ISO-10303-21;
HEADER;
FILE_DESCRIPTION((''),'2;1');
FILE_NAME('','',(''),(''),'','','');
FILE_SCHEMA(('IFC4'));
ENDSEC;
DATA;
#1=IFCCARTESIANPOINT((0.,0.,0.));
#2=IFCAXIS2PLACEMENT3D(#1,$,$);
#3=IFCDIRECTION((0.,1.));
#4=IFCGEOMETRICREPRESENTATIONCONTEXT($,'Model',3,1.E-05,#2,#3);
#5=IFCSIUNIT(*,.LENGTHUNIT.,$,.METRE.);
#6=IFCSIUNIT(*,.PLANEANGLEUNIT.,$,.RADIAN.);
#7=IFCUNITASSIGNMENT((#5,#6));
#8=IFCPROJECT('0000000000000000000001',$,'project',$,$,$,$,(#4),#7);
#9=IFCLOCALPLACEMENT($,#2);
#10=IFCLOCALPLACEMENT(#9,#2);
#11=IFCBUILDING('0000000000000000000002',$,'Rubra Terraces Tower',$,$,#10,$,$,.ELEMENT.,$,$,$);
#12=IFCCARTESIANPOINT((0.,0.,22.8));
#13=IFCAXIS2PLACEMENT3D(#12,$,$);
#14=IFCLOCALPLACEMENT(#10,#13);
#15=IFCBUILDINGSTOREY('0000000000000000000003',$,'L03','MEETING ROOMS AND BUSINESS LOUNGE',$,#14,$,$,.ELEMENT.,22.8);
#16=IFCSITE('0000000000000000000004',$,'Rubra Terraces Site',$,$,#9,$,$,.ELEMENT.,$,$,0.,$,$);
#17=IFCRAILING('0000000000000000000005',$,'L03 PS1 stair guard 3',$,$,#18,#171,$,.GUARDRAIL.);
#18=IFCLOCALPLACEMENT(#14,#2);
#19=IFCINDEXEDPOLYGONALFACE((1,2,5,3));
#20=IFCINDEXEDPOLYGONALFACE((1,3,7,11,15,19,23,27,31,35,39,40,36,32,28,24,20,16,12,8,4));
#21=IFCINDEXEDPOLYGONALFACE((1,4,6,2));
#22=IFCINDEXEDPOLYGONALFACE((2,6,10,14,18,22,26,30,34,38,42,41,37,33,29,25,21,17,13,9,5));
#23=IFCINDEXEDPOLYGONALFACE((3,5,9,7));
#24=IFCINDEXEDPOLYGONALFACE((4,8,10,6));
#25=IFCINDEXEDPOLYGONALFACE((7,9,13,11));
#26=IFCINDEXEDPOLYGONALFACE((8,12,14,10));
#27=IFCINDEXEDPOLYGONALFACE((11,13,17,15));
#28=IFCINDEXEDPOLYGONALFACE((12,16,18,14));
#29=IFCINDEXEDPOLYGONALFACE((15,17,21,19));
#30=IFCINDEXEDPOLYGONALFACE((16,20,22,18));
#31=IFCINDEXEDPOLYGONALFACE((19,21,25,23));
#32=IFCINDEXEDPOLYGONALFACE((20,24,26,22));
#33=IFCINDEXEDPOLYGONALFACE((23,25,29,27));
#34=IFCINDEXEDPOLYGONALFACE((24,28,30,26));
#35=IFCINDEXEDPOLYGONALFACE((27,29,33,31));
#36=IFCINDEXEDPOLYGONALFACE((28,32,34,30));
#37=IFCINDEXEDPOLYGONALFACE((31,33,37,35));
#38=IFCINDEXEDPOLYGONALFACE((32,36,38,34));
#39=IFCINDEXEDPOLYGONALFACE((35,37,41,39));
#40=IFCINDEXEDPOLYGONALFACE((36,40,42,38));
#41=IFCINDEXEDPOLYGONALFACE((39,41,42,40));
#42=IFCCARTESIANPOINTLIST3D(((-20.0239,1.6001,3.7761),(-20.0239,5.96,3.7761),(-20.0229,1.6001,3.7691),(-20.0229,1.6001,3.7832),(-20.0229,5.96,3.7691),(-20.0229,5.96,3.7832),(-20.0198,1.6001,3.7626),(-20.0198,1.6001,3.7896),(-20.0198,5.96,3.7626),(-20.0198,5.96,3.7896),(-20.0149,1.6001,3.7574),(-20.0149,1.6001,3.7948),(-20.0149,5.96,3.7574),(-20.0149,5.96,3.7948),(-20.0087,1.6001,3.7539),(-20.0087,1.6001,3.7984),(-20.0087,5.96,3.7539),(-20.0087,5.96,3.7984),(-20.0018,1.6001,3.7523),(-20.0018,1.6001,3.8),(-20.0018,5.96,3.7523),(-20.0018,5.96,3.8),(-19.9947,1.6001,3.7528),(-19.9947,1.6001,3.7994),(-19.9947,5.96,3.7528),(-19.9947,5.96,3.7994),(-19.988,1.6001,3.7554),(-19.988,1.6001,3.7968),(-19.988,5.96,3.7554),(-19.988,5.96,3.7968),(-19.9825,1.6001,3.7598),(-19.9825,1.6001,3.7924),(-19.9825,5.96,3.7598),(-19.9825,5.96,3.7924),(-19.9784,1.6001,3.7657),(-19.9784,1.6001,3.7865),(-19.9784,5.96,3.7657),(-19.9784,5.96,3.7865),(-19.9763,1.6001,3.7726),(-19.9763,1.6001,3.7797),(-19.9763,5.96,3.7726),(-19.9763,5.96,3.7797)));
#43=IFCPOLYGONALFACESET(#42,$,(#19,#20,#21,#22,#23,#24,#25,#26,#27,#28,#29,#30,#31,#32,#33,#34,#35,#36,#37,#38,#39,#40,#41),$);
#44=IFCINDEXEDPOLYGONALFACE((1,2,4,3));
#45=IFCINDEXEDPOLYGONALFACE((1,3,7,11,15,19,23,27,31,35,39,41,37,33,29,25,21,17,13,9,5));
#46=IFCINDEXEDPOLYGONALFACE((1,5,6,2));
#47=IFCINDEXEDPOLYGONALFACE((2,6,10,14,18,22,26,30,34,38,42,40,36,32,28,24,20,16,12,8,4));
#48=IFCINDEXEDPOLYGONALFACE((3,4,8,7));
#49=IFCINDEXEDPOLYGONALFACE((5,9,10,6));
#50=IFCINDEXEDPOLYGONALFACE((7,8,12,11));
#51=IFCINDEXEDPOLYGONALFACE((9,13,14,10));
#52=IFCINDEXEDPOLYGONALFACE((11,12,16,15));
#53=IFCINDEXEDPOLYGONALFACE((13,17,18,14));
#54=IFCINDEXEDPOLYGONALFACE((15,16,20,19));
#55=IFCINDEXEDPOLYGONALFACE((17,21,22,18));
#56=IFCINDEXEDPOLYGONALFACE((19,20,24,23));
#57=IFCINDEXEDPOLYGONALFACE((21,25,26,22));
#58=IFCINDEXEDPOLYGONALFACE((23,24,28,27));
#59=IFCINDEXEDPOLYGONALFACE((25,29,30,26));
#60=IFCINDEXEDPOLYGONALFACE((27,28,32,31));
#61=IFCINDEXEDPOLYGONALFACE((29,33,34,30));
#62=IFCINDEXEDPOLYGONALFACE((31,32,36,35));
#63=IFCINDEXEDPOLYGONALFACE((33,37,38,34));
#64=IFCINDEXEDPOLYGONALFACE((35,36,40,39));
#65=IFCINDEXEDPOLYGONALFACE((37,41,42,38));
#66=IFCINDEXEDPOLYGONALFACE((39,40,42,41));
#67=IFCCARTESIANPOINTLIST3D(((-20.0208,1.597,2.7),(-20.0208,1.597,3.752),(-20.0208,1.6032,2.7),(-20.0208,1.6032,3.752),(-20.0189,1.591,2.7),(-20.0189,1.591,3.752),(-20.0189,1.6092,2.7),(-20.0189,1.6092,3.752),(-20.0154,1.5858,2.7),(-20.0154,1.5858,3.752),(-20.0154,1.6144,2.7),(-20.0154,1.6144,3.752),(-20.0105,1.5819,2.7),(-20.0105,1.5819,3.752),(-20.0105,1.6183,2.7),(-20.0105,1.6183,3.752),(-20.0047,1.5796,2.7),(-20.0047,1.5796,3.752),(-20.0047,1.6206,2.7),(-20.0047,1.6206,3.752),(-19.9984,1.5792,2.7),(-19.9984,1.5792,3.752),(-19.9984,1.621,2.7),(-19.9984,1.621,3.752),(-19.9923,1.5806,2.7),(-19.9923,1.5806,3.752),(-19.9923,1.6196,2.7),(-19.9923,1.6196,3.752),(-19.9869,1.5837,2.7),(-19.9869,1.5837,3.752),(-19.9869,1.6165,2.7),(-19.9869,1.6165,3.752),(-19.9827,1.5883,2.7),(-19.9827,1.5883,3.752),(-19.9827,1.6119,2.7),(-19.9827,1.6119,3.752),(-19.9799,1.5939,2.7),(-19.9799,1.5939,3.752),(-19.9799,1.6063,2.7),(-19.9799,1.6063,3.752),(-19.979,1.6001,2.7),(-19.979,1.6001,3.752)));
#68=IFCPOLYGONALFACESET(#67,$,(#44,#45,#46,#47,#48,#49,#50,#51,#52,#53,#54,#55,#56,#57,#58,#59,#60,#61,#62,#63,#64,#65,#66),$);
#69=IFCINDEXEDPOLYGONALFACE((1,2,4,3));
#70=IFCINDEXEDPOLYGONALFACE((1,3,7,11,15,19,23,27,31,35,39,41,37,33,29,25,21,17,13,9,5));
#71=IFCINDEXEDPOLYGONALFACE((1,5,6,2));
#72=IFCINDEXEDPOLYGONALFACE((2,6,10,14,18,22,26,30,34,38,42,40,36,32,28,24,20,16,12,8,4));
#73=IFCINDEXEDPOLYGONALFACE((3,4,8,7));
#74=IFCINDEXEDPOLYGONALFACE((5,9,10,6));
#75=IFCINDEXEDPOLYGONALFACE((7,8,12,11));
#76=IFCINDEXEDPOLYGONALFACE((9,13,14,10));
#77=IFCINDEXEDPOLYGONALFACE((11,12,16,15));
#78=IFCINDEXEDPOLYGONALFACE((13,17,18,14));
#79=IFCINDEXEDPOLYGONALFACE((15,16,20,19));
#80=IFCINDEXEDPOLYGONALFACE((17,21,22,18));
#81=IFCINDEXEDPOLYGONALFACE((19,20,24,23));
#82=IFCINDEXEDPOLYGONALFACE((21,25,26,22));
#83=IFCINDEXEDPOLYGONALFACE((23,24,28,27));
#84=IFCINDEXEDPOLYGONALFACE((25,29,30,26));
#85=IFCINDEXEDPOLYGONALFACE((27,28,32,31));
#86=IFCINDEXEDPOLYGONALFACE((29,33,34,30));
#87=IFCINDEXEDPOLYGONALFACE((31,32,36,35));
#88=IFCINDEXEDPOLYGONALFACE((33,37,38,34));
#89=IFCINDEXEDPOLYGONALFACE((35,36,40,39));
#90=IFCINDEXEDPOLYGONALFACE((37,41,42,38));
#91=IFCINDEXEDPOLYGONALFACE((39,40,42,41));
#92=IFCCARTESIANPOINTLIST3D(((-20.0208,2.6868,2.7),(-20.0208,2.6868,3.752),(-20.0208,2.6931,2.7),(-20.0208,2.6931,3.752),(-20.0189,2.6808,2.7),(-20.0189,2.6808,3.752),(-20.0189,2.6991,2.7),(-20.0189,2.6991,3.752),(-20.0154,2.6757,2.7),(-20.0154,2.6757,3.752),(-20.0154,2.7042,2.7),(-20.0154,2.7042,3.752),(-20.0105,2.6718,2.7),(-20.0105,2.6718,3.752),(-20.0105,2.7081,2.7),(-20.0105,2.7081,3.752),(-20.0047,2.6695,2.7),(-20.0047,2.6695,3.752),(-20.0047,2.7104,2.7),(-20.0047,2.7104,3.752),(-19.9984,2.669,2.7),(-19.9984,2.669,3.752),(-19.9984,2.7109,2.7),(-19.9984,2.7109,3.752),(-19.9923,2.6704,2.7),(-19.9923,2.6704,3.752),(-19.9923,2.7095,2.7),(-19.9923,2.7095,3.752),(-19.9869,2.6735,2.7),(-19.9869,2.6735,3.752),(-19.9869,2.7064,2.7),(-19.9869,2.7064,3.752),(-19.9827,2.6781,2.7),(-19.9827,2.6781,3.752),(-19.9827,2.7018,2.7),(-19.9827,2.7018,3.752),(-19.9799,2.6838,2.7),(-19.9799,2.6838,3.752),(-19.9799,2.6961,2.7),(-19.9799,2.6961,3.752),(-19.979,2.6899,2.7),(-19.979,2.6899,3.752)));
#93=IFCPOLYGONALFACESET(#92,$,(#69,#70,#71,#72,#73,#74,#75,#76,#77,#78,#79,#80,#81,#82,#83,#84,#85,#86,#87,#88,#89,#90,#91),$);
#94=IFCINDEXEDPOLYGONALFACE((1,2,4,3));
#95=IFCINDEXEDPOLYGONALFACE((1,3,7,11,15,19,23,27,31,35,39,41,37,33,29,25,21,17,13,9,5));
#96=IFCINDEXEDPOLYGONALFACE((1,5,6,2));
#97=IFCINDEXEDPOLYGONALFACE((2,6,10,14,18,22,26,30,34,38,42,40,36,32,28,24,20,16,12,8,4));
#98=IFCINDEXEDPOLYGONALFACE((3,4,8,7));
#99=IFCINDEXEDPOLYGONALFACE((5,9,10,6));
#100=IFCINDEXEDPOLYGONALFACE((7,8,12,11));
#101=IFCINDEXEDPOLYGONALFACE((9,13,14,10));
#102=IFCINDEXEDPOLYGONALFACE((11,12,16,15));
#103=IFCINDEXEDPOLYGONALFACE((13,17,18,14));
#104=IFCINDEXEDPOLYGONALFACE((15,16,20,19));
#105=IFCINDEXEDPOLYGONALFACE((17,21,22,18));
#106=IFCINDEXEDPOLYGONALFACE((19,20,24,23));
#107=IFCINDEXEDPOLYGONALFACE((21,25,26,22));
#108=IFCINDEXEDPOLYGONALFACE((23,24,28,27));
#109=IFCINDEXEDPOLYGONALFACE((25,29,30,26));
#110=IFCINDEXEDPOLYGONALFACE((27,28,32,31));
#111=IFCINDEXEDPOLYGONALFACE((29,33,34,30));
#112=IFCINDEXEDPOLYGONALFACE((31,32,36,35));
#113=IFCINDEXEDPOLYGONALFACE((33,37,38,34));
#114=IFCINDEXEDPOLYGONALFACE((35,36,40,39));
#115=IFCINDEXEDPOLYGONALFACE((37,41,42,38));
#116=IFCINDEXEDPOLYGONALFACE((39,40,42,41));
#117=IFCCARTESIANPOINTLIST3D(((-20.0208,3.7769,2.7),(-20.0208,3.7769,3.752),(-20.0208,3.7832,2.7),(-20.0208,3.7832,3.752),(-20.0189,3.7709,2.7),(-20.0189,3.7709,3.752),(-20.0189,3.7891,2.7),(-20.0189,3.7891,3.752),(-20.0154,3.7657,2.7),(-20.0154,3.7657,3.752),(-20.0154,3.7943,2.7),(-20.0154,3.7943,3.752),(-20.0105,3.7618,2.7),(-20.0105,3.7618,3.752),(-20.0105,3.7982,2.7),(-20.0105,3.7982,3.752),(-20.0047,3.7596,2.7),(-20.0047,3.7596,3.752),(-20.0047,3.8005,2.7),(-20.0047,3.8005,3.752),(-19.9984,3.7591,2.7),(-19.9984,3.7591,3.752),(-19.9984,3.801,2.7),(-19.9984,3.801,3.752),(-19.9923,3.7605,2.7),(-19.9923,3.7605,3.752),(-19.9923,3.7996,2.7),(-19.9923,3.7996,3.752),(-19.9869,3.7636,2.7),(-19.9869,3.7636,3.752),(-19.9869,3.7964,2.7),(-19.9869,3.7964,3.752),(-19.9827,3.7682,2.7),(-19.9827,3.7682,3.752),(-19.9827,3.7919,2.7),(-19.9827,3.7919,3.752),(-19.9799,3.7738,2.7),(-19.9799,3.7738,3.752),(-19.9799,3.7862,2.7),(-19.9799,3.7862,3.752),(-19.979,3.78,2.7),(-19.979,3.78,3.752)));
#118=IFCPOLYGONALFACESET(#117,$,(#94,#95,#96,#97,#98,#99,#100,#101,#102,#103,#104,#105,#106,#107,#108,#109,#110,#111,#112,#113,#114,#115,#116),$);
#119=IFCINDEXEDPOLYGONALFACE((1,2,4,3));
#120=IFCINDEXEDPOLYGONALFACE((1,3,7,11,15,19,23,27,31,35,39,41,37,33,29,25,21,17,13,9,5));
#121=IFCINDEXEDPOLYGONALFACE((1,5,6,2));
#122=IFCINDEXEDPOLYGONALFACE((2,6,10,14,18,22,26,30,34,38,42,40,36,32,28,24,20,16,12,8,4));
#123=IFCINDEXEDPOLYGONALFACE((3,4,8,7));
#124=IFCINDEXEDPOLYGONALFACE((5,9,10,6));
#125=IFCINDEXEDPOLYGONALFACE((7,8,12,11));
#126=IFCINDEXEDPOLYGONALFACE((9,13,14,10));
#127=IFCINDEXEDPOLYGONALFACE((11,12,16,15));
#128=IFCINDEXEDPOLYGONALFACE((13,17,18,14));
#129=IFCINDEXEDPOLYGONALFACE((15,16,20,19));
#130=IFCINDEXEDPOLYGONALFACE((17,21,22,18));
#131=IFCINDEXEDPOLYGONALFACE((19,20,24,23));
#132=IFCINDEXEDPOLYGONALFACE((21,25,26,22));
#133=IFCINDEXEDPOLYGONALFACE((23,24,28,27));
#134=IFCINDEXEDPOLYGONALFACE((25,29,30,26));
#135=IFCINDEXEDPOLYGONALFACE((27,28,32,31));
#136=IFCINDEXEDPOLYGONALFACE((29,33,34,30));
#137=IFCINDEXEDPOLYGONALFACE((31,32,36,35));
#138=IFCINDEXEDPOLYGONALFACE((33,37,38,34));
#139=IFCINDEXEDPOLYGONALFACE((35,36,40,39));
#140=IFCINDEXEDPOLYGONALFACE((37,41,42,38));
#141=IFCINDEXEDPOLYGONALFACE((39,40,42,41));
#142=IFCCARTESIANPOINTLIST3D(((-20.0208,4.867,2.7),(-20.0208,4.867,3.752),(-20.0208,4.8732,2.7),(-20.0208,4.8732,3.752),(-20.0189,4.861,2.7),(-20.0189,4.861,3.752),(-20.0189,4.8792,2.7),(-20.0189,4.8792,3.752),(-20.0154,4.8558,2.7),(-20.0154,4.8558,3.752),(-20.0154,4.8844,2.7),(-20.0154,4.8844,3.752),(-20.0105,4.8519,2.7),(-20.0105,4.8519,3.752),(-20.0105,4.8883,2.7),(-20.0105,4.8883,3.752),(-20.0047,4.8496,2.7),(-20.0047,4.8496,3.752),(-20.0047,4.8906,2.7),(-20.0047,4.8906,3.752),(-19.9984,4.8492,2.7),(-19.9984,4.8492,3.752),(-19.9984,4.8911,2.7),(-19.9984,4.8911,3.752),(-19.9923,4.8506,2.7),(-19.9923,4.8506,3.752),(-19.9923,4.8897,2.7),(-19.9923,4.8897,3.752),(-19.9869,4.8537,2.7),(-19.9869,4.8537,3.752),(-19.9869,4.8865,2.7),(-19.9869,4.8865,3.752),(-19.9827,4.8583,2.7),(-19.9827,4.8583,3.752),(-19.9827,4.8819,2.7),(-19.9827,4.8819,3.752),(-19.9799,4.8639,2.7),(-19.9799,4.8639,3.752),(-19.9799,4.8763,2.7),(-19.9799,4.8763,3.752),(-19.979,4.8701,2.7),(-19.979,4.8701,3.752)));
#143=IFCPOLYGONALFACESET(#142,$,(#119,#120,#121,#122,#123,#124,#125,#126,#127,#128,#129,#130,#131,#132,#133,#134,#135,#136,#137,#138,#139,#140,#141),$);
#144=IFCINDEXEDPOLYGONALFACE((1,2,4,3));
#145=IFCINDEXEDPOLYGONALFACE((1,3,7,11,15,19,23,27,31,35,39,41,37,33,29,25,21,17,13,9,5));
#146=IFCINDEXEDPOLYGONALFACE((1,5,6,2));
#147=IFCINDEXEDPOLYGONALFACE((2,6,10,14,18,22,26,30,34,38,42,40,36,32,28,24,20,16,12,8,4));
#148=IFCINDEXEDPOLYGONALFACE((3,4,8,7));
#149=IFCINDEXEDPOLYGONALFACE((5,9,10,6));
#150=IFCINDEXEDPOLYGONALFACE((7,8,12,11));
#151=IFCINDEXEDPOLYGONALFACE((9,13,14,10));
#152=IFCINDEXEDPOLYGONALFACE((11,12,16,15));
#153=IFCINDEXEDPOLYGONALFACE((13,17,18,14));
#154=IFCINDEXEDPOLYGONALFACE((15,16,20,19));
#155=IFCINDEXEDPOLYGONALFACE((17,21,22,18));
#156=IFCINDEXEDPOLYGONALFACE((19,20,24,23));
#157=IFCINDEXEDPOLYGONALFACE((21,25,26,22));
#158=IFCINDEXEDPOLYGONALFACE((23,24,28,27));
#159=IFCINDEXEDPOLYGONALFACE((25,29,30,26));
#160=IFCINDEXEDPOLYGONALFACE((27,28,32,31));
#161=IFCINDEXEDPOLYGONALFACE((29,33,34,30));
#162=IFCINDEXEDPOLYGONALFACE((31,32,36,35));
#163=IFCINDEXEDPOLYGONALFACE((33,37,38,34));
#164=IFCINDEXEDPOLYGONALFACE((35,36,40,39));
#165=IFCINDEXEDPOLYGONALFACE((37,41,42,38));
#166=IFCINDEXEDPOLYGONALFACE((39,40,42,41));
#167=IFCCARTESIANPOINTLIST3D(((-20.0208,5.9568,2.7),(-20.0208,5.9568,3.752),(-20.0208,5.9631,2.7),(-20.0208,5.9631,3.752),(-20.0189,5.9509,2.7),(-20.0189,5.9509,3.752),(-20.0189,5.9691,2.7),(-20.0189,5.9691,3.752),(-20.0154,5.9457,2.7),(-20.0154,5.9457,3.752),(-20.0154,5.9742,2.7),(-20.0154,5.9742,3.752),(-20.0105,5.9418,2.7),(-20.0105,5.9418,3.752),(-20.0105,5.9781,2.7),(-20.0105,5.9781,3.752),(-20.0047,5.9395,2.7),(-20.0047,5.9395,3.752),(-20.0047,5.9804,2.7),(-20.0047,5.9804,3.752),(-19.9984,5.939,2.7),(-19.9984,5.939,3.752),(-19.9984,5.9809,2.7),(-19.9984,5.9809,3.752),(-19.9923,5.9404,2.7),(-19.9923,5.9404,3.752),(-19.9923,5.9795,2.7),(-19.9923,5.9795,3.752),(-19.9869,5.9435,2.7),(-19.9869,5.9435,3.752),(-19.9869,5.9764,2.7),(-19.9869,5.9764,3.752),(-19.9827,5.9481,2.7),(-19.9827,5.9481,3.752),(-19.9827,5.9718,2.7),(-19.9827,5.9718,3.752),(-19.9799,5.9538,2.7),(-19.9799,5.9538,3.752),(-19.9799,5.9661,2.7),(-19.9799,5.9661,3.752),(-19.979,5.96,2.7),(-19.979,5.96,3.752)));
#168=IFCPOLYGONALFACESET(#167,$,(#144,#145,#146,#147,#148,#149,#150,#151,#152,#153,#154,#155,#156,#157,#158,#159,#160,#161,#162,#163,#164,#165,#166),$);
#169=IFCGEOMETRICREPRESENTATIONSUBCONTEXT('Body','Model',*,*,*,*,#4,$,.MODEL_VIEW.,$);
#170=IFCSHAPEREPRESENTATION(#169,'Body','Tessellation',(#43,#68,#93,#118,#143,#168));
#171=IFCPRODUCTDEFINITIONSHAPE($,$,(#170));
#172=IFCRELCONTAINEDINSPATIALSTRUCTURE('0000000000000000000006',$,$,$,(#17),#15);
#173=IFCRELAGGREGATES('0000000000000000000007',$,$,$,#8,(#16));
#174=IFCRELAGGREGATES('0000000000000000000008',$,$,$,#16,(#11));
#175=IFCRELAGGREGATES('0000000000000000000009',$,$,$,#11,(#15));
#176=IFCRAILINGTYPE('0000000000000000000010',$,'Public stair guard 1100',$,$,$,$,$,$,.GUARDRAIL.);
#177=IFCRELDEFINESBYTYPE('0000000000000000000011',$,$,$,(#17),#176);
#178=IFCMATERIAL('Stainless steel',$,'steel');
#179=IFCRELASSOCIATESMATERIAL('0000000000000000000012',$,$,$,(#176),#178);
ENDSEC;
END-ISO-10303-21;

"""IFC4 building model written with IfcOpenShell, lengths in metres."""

from ifc_helpers import new_model, si_unit, direction, frame, origin, origin_2d, place, context, subcontext, project, spatial, circle, extrude, material, type_object, element, save


model = new_model("IFC4")

# Units and contexts
model_context = context("Model", 3, precision=1e-05, world=origin(), true_north=direction((0.0, 1.0)))
body_context = subcontext(model_context, "Body", "Model", "MODEL_VIEW")
ifc_project = project(units=[si_unit("LENGTHUNIT", "METRE"), si_unit("PLANEANGLEUNIT", "RADIAN")], contexts=[model_context])

# Site, building, storey
site_placement = place(None, origin())
site = spatial("IfcSite", under=ifc_project, at=site_placement, Name="Rubra Terraces Site", CompositionType="ELEMENT", RefElevation=0.0)
building_placement = place(site_placement, origin())
building = spatial("IfcBuilding", under=site, at=building_placement, Name="Rubra Terraces Tower", CompositionType="ELEMENT")
storey_placement = place(building_placement, frame((0.0, 0.0, 22.8)))
storey = spatial("IfcBuildingStorey", under=building, at=storey_placement, Name="L03", Description="MEETING ROOMS AND BUSINESS LOUNGE", CompositionType="ELEMENT", Elevation=22.8)

# Railing
ifc_material_1 = material(Name="Stainless steel", Category="steel")
railing_type_1 = type_object("IfcRailingType", Name="Public stair guard 1100", PredefinedType="GUARDRAIL", material=ifc_material_1)
for number, where, name in (
    (1, (-20.0, 1.6001, 2.7), "L03 PS1 stair guard 3"),
):
    element("IfcRailing", number, at=place(storey_placement, frame(where)), inside=storey, type_object=railing_type_1, Name=name, PredefinedType="GUARDRAIL", context=body_context, shape_type="SweptSolid", body=[
        extrude(circle(Radius=0.0239, at=origin_2d()), frame((0.0, 0.0, 1.0762), z_axis=(0.0, 1.0, 0.0), x_axis=(-1.0, 0.0, 0.0)), (0.0, 0.0, 1.0), 4.3599),
        extrude(circle(Radius=0.021, at=origin_2d()), origin(), (0.0, 0.0, 1.0), 1.052),
        extrude(circle(Radius=0.021, at=origin_2d()), frame((0.0, 1.0898, 0.0)), (0.0, 0.0, 1.0), 1.052),
        extrude(circle(Radius=0.021, at=origin_2d()), frame((0.0, 2.1799, 0.0)), (0.0, 0.0, 1.0), 1.052),
        extrude(circle(Radius=0.021, at=origin_2d()), frame((0.0, 3.27, 0.0)), (0.0, 0.0, 1.0), 1.052),
        extrude(circle(Radius=0.021, at=origin_2d()), frame((0.0, 4.3599, 0.0)), (0.0, 0.0, 1.0), 1.052),
    ])

save(model, "model.ifc")
